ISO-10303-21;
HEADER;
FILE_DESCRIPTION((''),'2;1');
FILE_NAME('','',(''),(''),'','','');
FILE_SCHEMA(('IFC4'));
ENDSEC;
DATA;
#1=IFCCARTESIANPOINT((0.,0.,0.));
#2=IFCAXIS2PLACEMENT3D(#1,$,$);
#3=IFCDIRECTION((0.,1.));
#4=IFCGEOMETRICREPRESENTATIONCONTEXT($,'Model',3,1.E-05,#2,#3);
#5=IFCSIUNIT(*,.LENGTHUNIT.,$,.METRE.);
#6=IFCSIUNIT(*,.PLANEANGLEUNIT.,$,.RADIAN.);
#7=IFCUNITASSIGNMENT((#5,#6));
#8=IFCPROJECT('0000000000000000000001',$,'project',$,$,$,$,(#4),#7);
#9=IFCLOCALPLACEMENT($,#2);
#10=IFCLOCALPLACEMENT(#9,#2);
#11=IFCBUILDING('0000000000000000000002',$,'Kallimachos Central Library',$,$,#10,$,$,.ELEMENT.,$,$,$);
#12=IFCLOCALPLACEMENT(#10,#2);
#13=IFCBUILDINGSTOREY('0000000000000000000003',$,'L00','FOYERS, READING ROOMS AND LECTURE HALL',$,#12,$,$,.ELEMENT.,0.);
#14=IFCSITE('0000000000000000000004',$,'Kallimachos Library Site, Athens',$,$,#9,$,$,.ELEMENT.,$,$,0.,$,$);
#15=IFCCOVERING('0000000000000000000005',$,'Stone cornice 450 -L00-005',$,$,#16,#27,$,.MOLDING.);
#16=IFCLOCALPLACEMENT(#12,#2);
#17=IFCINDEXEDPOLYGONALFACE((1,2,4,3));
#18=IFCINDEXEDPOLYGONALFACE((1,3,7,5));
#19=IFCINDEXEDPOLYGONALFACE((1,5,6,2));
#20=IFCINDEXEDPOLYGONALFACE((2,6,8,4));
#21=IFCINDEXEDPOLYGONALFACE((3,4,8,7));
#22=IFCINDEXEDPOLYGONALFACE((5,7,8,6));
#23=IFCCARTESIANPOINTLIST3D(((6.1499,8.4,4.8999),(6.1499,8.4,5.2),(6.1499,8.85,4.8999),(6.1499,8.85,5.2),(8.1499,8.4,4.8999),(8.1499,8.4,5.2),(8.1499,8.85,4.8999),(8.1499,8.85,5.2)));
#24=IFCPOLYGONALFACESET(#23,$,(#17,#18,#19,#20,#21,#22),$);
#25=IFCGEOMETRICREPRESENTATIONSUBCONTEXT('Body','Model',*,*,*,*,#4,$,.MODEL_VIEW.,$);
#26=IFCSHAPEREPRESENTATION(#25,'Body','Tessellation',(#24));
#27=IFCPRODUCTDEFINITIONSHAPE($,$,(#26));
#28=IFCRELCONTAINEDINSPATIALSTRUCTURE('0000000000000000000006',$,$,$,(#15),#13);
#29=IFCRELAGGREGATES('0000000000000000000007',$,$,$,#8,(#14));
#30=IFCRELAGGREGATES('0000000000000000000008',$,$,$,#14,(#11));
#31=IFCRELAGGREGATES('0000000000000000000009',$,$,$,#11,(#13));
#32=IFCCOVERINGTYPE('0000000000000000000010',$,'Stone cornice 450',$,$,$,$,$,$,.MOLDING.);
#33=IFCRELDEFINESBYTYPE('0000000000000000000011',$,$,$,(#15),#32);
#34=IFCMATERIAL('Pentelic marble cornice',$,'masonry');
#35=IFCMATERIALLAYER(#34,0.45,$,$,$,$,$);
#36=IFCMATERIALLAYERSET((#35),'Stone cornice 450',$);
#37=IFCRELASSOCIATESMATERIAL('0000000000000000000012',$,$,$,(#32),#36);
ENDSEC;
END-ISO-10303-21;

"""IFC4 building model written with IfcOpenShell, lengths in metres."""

from ifc_helpers import new_model, si_unit, direction, frame, origin, origin_2d, place, context, subcontext, project, spatial, rectangle, extrude, material, layer, layer_set, type_object, element, save


model = new_model("IFC4")

# Units and contexts
model_context = context("Model", 3, precision=1e-05, world=origin(), true_north=direction((0.0, 1.0)))
body_context = subcontext(model_context, "Body", "Model", "MODEL_VIEW")
ifc_project = project(units=[si_unit("LENGTHUNIT", "METRE"), si_unit("PLANEANGLEUNIT", "RADIAN")], contexts=[model_context])

# Site, building, storey
site_placement = place(None, origin())
site = spatial("IfcSite", under=ifc_project, at=site_placement, Name="Kallimachos Library Site, Athens", CompositionType="ELEMENT", RefElevation=0.0)
building_placement = place(site_placement, origin())
building = spatial("IfcBuilding", under=site, at=building_placement, Name="Kallimachos Central Library", CompositionType="ELEMENT")
storey_placement = place(building_placement, origin())
storey = spatial("IfcBuildingStorey", under=building, at=storey_placement, Name="L00", Description="FOYERS, READING ROOMS AND LECTURE HALL", CompositionType="ELEMENT", Elevation=0.0)

# Covering
ifc_material_1 = material(Name="Pentelic marble cornice", Category="masonry")
ifc_layer_1 = layer(ifc_material_1, 0.45)
ifc_layer_set_1 = layer_set([ifc_layer_1], Name="Stone cornice 450")
covering_type_1 = type_object("IfcCoveringType", Name="Stone cornice 450", PredefinedType="MOLDING", material=ifc_layer_set_1)
covering_1_placement = place(storey_placement, frame((7.1499, 8.625, 4.8999), z_axis=(0.0, 0.0, 1.0), x_axis=(1.0, 0.0, 0.0)))
element("IfcCovering", 1, at=covering_1_placement, inside=storey, type_object=covering_type_1, Name="Stone cornice 450 -L00-005", PredefinedType="MOLDING", context=body_context, shape_type="SweptSolid", body=[
    extrude(rectangle(XDim=2.0, YDim=0.45, at=origin_2d()), origin(), (0.0, 0.0, 1.0), 0.3),
])

save(model, "model.ifc")
